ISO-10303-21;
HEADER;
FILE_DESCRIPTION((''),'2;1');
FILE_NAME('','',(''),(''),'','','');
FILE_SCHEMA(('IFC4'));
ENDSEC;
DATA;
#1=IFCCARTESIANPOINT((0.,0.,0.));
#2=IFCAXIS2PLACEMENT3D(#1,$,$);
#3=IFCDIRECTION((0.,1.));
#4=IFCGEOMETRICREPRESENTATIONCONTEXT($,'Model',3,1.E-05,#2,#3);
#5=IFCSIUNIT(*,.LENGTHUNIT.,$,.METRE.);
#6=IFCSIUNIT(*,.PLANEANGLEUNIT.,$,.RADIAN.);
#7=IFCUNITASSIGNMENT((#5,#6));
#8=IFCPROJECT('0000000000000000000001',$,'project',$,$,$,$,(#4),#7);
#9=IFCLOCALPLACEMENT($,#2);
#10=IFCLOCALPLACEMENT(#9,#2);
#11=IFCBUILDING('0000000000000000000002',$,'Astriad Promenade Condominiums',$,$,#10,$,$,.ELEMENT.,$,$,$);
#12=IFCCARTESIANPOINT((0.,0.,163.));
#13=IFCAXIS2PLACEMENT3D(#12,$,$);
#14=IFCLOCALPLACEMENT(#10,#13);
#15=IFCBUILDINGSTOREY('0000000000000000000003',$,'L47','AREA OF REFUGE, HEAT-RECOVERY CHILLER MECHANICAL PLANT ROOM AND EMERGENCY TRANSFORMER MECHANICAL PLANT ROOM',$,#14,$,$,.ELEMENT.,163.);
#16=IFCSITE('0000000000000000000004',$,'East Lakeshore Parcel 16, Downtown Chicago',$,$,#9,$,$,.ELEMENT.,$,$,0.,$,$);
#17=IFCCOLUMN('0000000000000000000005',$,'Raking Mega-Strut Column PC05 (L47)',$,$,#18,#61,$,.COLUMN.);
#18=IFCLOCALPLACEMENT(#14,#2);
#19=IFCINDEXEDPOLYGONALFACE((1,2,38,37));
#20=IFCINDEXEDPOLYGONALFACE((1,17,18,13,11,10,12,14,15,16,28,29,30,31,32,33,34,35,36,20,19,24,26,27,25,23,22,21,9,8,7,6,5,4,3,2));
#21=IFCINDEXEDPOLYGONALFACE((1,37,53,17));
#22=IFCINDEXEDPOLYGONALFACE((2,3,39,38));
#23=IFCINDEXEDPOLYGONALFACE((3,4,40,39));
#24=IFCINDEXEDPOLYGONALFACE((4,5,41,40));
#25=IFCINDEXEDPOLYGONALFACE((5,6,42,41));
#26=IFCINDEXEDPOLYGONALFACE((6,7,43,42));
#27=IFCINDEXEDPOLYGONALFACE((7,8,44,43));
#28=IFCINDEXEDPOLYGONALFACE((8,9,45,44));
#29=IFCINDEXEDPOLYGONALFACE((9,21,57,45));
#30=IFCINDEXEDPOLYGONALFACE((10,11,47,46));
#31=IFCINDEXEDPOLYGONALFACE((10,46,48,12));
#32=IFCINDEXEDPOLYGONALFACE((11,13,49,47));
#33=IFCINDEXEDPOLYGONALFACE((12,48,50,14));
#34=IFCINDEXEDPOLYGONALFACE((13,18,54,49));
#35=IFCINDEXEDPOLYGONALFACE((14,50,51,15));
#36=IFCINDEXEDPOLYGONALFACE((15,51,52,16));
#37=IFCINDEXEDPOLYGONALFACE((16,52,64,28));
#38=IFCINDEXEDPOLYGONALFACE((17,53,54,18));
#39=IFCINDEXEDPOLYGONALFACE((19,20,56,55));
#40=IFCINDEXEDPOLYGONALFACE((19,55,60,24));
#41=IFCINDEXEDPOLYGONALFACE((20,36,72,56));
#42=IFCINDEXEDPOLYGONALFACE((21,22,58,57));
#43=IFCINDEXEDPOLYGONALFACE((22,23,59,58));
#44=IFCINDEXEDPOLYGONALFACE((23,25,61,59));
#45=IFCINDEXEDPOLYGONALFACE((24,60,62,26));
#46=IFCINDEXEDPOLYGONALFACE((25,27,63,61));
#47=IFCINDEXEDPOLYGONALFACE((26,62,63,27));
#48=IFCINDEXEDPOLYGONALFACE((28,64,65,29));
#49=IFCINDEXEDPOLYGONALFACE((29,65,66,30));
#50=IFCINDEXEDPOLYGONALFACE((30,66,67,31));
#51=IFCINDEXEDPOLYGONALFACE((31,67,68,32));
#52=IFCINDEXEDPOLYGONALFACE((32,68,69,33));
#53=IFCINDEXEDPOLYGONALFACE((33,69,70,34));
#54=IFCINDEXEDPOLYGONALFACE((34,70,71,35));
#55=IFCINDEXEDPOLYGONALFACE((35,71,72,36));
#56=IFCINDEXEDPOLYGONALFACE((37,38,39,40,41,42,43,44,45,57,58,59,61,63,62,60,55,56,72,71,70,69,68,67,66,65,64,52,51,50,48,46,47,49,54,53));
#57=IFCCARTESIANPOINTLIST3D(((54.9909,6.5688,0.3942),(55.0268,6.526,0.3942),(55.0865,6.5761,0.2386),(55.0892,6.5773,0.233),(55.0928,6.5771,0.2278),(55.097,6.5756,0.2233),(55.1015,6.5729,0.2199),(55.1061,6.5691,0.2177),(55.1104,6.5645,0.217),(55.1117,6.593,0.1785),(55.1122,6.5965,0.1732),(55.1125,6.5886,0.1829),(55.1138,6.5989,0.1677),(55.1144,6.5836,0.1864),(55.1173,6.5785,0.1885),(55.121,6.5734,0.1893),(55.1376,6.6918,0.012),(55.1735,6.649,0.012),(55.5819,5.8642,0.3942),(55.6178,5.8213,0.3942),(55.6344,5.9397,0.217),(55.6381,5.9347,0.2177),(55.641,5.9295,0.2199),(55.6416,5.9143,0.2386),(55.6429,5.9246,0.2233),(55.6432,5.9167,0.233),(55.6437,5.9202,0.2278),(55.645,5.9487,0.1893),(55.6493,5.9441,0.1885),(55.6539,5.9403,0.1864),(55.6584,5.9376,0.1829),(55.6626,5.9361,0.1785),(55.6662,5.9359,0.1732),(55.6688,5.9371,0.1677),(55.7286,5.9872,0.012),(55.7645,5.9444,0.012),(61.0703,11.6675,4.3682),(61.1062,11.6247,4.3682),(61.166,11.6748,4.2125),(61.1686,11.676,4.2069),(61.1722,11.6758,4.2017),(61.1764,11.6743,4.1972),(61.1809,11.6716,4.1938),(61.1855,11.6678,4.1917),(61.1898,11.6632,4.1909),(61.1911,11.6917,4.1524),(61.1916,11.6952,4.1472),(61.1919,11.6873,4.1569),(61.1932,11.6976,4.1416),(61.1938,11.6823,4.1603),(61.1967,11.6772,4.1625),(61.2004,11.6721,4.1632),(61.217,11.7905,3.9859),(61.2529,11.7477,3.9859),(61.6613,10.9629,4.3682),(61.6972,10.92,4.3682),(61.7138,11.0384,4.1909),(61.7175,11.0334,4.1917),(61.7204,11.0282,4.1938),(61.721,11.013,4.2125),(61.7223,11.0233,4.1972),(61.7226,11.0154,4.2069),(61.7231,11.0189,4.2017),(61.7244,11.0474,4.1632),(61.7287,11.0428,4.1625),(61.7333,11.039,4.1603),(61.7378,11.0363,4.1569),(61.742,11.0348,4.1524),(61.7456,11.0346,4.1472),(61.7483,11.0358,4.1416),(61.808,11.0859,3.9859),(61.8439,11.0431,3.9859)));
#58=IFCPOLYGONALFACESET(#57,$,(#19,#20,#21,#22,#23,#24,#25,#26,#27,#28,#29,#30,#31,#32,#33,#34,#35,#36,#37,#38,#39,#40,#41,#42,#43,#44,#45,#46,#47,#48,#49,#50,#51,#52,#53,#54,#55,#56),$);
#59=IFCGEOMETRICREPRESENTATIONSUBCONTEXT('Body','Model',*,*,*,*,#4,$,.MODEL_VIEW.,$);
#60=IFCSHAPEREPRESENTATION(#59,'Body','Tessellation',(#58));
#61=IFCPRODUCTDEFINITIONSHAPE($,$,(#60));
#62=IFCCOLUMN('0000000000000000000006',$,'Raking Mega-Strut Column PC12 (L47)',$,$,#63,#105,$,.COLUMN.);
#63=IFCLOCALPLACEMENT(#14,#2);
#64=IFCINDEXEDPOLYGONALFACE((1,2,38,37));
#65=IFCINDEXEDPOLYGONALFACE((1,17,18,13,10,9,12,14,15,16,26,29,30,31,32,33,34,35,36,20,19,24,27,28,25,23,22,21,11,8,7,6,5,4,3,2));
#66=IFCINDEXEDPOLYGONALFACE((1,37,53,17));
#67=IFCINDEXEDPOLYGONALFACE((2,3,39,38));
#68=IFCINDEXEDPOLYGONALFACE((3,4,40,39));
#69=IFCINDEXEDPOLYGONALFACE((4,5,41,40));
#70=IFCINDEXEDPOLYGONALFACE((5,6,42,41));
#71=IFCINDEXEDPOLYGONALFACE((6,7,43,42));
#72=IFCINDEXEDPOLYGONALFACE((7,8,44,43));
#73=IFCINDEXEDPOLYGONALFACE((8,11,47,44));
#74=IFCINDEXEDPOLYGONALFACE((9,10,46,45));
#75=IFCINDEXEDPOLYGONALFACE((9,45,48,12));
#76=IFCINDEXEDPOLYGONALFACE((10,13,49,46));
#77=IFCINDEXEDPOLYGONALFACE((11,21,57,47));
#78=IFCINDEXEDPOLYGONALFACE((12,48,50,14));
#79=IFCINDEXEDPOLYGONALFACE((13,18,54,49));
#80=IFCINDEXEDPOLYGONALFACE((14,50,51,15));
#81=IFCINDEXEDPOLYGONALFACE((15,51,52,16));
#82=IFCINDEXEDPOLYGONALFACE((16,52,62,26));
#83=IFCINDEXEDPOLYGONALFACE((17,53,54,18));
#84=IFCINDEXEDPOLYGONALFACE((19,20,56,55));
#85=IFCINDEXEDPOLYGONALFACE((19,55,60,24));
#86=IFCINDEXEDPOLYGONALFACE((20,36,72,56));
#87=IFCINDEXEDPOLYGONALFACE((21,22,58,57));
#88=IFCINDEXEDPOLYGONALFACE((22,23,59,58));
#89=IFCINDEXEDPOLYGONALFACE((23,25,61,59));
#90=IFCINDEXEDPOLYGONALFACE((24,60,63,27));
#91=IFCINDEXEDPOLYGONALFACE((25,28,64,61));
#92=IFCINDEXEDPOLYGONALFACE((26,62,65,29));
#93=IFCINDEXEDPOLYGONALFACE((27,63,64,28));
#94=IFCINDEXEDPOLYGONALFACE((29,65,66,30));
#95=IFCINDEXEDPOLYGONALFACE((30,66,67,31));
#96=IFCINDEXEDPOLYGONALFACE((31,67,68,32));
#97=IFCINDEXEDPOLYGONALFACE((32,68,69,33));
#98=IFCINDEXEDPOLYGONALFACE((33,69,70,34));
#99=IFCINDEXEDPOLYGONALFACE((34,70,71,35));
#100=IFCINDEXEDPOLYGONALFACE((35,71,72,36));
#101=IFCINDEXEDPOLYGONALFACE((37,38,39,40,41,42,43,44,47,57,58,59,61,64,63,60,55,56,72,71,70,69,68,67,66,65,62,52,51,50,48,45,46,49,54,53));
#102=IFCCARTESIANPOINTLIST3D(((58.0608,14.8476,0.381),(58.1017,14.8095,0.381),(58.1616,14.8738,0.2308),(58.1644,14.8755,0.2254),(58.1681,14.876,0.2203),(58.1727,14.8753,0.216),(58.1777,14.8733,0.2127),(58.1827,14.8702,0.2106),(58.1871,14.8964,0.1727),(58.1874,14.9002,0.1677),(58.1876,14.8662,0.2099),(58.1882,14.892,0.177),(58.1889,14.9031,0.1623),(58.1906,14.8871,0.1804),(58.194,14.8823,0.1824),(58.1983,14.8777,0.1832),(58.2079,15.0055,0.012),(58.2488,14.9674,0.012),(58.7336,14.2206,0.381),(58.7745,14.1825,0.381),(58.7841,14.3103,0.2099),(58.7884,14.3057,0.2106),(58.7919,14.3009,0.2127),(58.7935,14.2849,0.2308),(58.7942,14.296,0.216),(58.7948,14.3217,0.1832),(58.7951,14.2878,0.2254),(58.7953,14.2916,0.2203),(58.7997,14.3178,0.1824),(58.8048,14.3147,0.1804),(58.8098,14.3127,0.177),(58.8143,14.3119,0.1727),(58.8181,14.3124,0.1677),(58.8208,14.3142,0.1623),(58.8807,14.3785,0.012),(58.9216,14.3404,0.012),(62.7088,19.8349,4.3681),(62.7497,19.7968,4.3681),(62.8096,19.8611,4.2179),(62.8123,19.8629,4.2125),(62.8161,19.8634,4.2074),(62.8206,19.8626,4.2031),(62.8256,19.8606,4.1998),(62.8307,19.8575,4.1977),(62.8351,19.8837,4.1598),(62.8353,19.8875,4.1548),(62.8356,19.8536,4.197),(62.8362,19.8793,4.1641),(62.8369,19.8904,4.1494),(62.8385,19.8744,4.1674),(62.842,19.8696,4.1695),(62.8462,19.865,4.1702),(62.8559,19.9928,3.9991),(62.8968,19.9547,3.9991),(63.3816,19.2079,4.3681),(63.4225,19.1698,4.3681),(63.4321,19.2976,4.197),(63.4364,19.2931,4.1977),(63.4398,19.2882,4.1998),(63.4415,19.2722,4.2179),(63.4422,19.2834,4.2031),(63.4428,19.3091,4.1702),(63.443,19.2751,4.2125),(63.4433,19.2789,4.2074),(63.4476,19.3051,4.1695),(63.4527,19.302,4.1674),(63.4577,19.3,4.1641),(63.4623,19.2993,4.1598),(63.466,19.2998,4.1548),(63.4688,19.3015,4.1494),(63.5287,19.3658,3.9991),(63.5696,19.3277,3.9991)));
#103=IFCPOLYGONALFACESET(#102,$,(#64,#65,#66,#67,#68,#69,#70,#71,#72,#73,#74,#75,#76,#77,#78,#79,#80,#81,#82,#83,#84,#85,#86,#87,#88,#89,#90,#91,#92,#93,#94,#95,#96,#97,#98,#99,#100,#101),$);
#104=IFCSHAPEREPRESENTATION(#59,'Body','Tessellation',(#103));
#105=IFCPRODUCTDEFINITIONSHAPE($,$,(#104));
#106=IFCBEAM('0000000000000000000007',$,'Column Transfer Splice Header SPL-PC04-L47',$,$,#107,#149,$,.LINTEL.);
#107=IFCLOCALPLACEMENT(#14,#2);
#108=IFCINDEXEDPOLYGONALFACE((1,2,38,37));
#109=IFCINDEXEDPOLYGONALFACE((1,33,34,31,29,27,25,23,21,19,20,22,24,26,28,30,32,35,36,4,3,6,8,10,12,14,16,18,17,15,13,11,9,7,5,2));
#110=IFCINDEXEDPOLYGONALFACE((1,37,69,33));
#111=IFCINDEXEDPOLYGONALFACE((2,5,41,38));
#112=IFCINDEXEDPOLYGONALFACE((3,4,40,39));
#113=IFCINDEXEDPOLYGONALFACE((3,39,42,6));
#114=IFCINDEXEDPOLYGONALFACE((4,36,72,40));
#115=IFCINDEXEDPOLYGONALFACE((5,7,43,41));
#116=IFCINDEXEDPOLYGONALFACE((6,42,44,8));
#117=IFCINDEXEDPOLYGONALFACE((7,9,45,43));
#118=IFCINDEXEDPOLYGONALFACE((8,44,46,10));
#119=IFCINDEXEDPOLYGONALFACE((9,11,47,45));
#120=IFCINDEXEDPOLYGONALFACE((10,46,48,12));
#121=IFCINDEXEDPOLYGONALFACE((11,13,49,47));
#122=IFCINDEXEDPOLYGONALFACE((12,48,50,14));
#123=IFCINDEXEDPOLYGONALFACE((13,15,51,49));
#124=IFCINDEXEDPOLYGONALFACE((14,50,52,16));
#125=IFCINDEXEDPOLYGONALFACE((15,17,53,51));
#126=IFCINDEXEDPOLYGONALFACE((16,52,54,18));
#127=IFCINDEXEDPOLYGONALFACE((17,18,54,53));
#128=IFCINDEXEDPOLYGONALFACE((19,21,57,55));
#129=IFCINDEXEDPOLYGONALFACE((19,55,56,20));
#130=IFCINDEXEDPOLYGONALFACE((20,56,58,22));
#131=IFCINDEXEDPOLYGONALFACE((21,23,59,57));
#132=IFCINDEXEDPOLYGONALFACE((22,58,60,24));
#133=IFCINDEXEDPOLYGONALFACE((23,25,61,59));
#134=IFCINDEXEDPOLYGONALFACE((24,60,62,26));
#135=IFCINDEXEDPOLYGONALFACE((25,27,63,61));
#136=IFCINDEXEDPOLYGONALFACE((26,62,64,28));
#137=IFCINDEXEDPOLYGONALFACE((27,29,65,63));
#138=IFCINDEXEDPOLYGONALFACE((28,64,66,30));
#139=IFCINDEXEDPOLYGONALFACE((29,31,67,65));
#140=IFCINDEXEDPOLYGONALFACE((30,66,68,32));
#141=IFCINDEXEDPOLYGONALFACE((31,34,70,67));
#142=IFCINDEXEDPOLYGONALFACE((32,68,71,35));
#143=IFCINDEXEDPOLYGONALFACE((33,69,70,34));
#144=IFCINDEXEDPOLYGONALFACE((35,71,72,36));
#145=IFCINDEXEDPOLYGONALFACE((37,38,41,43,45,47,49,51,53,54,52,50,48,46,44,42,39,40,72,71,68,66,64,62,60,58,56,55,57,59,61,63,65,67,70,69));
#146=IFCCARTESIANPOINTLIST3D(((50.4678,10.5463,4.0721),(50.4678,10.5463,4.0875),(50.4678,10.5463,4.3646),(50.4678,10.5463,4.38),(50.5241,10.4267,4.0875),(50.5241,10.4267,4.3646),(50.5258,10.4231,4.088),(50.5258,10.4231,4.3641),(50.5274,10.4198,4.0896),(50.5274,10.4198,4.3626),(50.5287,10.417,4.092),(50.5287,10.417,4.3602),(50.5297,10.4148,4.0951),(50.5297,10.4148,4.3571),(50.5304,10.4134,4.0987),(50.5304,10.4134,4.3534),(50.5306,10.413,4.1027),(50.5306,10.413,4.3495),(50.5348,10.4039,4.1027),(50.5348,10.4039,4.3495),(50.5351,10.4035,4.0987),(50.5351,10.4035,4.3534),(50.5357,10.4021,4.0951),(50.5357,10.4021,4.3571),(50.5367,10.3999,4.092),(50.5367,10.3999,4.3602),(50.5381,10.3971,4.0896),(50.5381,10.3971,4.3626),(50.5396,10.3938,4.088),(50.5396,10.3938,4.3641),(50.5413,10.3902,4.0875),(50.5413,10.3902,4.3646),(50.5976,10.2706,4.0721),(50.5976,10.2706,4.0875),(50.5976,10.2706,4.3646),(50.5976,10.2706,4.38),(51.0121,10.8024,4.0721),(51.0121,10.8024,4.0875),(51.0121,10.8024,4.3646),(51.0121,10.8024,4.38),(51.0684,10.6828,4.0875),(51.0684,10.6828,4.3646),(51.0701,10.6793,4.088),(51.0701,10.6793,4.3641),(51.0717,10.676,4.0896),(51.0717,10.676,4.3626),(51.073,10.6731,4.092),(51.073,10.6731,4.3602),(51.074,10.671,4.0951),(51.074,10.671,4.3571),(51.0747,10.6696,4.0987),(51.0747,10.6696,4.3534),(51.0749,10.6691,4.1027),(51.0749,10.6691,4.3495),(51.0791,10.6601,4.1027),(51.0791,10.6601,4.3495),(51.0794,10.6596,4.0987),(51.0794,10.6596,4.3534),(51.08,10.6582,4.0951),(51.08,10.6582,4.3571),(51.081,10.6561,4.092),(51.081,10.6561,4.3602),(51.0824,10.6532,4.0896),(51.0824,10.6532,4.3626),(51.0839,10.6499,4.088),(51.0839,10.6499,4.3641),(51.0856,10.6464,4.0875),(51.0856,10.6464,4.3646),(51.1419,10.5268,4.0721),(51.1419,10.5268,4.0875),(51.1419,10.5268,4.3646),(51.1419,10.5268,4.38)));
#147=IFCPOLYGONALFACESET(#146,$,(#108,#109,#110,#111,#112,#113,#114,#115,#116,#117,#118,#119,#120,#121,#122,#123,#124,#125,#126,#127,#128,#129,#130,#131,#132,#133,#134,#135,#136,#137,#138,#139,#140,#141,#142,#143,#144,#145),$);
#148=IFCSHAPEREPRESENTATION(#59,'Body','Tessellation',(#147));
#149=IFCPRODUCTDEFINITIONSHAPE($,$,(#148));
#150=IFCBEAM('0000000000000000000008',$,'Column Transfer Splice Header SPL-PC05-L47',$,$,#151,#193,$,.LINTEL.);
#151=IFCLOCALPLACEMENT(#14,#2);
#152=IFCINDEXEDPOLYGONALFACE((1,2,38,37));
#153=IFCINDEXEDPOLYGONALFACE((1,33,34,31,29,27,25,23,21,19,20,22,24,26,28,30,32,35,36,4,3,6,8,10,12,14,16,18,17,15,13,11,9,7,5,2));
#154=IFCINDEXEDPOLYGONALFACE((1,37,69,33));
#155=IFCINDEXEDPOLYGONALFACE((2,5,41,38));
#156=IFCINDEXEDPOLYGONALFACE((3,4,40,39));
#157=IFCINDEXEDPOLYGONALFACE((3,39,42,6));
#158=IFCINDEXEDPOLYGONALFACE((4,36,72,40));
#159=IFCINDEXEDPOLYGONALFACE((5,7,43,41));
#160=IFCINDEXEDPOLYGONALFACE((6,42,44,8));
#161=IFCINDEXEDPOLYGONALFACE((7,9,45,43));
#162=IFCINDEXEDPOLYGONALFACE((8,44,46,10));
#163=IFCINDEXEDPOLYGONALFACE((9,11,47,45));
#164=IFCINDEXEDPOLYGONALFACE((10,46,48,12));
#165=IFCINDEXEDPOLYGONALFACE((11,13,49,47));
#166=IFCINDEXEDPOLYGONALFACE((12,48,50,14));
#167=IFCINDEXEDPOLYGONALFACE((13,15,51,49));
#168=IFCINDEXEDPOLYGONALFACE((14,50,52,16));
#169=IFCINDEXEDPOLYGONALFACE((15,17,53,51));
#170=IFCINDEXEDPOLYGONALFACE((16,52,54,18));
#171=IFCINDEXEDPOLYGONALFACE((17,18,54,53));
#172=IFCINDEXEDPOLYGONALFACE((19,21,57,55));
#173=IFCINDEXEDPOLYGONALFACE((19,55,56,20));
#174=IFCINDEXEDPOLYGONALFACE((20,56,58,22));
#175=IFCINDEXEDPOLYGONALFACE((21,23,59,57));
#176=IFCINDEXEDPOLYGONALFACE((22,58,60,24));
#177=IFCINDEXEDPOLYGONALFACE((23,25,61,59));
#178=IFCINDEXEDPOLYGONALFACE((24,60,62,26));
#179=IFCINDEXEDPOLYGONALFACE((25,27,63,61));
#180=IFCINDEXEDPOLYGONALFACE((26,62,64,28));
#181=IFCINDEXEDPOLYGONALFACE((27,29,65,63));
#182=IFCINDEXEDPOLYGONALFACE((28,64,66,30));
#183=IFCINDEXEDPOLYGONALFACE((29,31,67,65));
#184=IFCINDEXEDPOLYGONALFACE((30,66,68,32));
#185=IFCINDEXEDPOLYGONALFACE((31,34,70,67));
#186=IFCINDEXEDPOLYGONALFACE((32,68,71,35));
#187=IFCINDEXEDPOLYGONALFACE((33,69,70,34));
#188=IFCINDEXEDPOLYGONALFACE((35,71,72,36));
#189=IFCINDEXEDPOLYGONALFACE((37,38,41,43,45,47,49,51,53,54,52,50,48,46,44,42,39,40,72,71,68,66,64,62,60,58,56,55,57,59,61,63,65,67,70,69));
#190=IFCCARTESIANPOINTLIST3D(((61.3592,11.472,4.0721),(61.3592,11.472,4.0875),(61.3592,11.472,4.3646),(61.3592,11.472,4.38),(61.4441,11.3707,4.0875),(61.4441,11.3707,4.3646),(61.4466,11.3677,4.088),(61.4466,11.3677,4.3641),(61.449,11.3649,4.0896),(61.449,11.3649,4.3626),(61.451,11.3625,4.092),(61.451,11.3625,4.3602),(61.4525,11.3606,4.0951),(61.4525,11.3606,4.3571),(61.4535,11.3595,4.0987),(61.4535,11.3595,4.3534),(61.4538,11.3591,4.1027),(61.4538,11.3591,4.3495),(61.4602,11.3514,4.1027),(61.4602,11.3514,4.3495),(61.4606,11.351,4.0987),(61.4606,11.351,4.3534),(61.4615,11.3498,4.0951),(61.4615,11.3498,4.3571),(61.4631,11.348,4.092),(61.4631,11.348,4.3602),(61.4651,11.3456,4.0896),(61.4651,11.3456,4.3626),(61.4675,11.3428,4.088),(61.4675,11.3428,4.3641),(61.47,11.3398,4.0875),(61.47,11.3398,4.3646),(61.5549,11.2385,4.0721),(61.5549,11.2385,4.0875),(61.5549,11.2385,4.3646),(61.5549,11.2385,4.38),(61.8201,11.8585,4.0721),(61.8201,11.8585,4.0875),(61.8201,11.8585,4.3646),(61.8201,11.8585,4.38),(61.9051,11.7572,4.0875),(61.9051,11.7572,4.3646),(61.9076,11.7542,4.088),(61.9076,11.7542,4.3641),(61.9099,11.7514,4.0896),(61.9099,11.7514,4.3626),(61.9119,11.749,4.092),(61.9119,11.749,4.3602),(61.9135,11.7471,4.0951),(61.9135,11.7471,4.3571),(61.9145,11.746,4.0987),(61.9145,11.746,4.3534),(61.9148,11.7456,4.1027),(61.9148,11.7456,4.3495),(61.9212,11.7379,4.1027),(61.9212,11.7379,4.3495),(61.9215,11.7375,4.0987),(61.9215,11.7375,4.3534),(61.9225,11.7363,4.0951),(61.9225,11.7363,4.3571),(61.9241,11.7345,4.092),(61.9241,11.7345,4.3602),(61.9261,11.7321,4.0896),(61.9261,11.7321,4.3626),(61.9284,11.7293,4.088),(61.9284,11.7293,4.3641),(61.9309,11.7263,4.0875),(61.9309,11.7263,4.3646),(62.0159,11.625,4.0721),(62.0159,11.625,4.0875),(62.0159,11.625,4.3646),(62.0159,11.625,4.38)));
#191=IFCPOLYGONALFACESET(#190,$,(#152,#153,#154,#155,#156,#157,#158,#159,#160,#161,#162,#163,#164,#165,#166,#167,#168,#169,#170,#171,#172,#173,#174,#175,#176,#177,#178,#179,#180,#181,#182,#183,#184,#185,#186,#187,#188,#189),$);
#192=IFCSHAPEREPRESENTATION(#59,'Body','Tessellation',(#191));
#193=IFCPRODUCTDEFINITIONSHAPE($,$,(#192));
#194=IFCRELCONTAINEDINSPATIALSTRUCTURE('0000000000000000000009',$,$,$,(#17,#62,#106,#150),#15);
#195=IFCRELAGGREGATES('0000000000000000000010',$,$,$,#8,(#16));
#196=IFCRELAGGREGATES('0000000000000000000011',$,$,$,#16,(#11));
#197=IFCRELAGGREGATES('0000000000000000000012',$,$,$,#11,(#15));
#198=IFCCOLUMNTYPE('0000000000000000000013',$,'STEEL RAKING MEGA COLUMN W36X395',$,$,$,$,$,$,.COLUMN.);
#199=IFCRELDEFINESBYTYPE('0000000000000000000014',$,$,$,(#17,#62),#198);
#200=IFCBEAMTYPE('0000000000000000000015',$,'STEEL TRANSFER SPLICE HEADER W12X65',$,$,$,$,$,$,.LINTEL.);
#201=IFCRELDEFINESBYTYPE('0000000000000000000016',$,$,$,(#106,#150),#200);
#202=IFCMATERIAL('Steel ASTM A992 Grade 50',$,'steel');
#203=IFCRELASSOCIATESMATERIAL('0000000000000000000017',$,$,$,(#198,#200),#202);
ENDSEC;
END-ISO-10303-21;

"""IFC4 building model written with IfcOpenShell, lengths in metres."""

from ifc_helpers import new_model, si_unit, direction, frame, origin, origin_2d, place, context, subcontext, project, spatial, i_section, extrude, source, transform, mapped, material, material_profile, profile_set, type_object, type_shapes, element, save


model = new_model("IFC4")

# Units and contexts
model_context = context("Model", 3, precision=1e-05, world=origin(), true_north=direction((0.0, 1.0)))
body_context = subcontext(model_context, "Body", "Model", "MODEL_VIEW")
ifc_project = project(units=[si_unit("LENGTHUNIT", "METRE"), si_unit("PLANEANGLEUNIT", "RADIAN")], contexts=[model_context])

# Site, building, storey
site_placement = place(None, origin())
site = spatial("IfcSite", under=ifc_project, at=site_placement, Name="East Lakeshore Parcel 16, Downtown Chicago", CompositionType="ELEMENT", RefElevation=0.0)
building_placement = place(site_placement, origin())
building = spatial("IfcBuilding", under=site, at=building_placement, Name="Astriad Promenade Condominiums", CompositionType="ELEMENT")
storey_placement = place(building_placement, frame((0.0, 0.0, 163.0)))
storey = spatial("IfcBuildingStorey", under=building, at=storey_placement, Name="L47", Description="AREA OF REFUGE, HEAT-RECOVERY CHILLER MECHANICAL PLANT ROOM AND EMERGENCY TRANSFORMER MECHANICAL PLANT ROOM", CompositionType="ELEMENT", Elevation=163.0)

# Columns
ifc_material_1 = material(Name="Steel ASTM A992 Grade 50", Category="steel")
ifc_material_profile_1 = material_profile(ifc_material_1, i_section(OverallWidth=0.4275, OverallDepth=0.9756, WebThickness=0.031, FlangeThickness=0.0559, FilletRadius=0.0242, at=origin_2d()), Name="W36X395")
ifc_profile_set_1 = profile_set([ifc_material_profile_1], Name="Steel ASTM A992 Grade 50")
column_type = type_object("IfcColumnType", Name="STEEL RAKING MEGA COLUMN W36X395", PredefinedType="COLUMN", material=ifc_profile_set_1)
shared_shape_1 = source(origin(), body_context, "Body", "SweptSolid", [
    extrude(i_section(OverallWidth=0.4275, OverallDepth=0.9756, WebThickness=0.031, FlangeThickness=0.0559, FilletRadius=0.0242, at=origin_2d()), origin(), (0.0, 0.0, 1.0), 8.874),
])
column_1_placement = place(storey_placement, frame((55.3777, 6.2566, 0.2031), z_axis=(0.685081, 0.574565, 0.447816), x_axis=(-0.343118, -0.287766, 0.894126)))
element("IfcColumn", 1, at=column_1_placement, inside=storey, type_object=column_type, Name="Raking Mega-Strut Column PC05 (L47)", PredefinedType="COLUMN", context=body_context, shape_type="MappedRepresentation", body=[
    mapped(shared_shape_1, transform((0.0, 0.0, 0.0), scale=1.0)),
])
shared_shape_2 = source(origin(), body_context, "Body", "SweptSolid", [
    extrude(i_section(OverallWidth=0.4275, OverallDepth=0.9756, WebThickness=0.031, FlangeThickness=0.0559, FilletRadius=0.0242, at=origin_2d()), origin(), (0.0, 0.0, 1.0), 7.8977),
])
type_shapes(column_type, [shared_shape_1, shared_shape_2])
column_2_placement = place(storey_placement, frame((58.4912, 14.594, 0.1965), z_axis=(0.588521, 0.63149, 0.50484), x_axis=(-0.344189, -0.369319, 0.863213)))
element("IfcColumn", 2, at=column_2_placement, inside=storey, type_object=column_type, Name="Raking Mega-Strut Column PC12 (L47)", PredefinedType="COLUMN", context=body_context, shape_type="MappedRepresentation", body=[
    mapped(shared_shape_2, transform((0.0, 0.0, 0.0), scale=1.0)),
])

# Beams
ifc_material_profile_2 = material_profile(ifc_material_1, i_section(OverallWidth=0.3047, OverallDepth=0.3079, WebThickness=0.01, FlangeThickness=0.0154, FilletRadius=0.0151, at=origin_2d()), Name="W12X65")
ifc_profile_set_2 = profile_set([ifc_material_profile_2], Name="Steel ASTM A992 Grade 50")
beam_type_1 = type_object("IfcBeamType", Name="STEEL TRANSFER SPLICE HEADER W12X65", PredefinedType="LINTEL", material=ifc_profile_set_2)
shared_shape_3 = source(origin(), body_context, "Body", "SweptSolid", [
    extrude(i_section(OverallWidth=0.3047, OverallDepth=0.3079, WebThickness=0.01, FlangeThickness=0.0154, FilletRadius=0.0151, at=origin_2d()), origin(), (0.0, 0.0, 1.0), 0.6016),
])
type_shapes(beam_type_1, [shared_shape_3])
for number, where, z_axis, x_axis, name in (
    (3, (50.5327, 10.4084, 4.2261), (0.90481, 0.425817, 0.0), (-0.425817, 0.90481, 0.0), "Column Transfer Splice Header SPL-PC04-L47"),
    (4, (61.457, 11.3552, 4.2261), (0.766288, 0.642497, 0.0), (-0.642497, 0.766288, 0.0), "Column Transfer Splice Header SPL-PC05-L47"),
):
    element("IfcBeam", number, at=place(storey_placement, frame(where, z_axis=z_axis, x_axis=x_axis)), inside=storey, type_object=beam_type_1, Name=name, PredefinedType="LINTEL", context=body_context, shape_type="MappedRepresentation", body=[
        mapped(shared_shape_3, transform((0.0, 0.0, 0.0), scale=1.0)),
    ])

save(model, "model.ifc")
